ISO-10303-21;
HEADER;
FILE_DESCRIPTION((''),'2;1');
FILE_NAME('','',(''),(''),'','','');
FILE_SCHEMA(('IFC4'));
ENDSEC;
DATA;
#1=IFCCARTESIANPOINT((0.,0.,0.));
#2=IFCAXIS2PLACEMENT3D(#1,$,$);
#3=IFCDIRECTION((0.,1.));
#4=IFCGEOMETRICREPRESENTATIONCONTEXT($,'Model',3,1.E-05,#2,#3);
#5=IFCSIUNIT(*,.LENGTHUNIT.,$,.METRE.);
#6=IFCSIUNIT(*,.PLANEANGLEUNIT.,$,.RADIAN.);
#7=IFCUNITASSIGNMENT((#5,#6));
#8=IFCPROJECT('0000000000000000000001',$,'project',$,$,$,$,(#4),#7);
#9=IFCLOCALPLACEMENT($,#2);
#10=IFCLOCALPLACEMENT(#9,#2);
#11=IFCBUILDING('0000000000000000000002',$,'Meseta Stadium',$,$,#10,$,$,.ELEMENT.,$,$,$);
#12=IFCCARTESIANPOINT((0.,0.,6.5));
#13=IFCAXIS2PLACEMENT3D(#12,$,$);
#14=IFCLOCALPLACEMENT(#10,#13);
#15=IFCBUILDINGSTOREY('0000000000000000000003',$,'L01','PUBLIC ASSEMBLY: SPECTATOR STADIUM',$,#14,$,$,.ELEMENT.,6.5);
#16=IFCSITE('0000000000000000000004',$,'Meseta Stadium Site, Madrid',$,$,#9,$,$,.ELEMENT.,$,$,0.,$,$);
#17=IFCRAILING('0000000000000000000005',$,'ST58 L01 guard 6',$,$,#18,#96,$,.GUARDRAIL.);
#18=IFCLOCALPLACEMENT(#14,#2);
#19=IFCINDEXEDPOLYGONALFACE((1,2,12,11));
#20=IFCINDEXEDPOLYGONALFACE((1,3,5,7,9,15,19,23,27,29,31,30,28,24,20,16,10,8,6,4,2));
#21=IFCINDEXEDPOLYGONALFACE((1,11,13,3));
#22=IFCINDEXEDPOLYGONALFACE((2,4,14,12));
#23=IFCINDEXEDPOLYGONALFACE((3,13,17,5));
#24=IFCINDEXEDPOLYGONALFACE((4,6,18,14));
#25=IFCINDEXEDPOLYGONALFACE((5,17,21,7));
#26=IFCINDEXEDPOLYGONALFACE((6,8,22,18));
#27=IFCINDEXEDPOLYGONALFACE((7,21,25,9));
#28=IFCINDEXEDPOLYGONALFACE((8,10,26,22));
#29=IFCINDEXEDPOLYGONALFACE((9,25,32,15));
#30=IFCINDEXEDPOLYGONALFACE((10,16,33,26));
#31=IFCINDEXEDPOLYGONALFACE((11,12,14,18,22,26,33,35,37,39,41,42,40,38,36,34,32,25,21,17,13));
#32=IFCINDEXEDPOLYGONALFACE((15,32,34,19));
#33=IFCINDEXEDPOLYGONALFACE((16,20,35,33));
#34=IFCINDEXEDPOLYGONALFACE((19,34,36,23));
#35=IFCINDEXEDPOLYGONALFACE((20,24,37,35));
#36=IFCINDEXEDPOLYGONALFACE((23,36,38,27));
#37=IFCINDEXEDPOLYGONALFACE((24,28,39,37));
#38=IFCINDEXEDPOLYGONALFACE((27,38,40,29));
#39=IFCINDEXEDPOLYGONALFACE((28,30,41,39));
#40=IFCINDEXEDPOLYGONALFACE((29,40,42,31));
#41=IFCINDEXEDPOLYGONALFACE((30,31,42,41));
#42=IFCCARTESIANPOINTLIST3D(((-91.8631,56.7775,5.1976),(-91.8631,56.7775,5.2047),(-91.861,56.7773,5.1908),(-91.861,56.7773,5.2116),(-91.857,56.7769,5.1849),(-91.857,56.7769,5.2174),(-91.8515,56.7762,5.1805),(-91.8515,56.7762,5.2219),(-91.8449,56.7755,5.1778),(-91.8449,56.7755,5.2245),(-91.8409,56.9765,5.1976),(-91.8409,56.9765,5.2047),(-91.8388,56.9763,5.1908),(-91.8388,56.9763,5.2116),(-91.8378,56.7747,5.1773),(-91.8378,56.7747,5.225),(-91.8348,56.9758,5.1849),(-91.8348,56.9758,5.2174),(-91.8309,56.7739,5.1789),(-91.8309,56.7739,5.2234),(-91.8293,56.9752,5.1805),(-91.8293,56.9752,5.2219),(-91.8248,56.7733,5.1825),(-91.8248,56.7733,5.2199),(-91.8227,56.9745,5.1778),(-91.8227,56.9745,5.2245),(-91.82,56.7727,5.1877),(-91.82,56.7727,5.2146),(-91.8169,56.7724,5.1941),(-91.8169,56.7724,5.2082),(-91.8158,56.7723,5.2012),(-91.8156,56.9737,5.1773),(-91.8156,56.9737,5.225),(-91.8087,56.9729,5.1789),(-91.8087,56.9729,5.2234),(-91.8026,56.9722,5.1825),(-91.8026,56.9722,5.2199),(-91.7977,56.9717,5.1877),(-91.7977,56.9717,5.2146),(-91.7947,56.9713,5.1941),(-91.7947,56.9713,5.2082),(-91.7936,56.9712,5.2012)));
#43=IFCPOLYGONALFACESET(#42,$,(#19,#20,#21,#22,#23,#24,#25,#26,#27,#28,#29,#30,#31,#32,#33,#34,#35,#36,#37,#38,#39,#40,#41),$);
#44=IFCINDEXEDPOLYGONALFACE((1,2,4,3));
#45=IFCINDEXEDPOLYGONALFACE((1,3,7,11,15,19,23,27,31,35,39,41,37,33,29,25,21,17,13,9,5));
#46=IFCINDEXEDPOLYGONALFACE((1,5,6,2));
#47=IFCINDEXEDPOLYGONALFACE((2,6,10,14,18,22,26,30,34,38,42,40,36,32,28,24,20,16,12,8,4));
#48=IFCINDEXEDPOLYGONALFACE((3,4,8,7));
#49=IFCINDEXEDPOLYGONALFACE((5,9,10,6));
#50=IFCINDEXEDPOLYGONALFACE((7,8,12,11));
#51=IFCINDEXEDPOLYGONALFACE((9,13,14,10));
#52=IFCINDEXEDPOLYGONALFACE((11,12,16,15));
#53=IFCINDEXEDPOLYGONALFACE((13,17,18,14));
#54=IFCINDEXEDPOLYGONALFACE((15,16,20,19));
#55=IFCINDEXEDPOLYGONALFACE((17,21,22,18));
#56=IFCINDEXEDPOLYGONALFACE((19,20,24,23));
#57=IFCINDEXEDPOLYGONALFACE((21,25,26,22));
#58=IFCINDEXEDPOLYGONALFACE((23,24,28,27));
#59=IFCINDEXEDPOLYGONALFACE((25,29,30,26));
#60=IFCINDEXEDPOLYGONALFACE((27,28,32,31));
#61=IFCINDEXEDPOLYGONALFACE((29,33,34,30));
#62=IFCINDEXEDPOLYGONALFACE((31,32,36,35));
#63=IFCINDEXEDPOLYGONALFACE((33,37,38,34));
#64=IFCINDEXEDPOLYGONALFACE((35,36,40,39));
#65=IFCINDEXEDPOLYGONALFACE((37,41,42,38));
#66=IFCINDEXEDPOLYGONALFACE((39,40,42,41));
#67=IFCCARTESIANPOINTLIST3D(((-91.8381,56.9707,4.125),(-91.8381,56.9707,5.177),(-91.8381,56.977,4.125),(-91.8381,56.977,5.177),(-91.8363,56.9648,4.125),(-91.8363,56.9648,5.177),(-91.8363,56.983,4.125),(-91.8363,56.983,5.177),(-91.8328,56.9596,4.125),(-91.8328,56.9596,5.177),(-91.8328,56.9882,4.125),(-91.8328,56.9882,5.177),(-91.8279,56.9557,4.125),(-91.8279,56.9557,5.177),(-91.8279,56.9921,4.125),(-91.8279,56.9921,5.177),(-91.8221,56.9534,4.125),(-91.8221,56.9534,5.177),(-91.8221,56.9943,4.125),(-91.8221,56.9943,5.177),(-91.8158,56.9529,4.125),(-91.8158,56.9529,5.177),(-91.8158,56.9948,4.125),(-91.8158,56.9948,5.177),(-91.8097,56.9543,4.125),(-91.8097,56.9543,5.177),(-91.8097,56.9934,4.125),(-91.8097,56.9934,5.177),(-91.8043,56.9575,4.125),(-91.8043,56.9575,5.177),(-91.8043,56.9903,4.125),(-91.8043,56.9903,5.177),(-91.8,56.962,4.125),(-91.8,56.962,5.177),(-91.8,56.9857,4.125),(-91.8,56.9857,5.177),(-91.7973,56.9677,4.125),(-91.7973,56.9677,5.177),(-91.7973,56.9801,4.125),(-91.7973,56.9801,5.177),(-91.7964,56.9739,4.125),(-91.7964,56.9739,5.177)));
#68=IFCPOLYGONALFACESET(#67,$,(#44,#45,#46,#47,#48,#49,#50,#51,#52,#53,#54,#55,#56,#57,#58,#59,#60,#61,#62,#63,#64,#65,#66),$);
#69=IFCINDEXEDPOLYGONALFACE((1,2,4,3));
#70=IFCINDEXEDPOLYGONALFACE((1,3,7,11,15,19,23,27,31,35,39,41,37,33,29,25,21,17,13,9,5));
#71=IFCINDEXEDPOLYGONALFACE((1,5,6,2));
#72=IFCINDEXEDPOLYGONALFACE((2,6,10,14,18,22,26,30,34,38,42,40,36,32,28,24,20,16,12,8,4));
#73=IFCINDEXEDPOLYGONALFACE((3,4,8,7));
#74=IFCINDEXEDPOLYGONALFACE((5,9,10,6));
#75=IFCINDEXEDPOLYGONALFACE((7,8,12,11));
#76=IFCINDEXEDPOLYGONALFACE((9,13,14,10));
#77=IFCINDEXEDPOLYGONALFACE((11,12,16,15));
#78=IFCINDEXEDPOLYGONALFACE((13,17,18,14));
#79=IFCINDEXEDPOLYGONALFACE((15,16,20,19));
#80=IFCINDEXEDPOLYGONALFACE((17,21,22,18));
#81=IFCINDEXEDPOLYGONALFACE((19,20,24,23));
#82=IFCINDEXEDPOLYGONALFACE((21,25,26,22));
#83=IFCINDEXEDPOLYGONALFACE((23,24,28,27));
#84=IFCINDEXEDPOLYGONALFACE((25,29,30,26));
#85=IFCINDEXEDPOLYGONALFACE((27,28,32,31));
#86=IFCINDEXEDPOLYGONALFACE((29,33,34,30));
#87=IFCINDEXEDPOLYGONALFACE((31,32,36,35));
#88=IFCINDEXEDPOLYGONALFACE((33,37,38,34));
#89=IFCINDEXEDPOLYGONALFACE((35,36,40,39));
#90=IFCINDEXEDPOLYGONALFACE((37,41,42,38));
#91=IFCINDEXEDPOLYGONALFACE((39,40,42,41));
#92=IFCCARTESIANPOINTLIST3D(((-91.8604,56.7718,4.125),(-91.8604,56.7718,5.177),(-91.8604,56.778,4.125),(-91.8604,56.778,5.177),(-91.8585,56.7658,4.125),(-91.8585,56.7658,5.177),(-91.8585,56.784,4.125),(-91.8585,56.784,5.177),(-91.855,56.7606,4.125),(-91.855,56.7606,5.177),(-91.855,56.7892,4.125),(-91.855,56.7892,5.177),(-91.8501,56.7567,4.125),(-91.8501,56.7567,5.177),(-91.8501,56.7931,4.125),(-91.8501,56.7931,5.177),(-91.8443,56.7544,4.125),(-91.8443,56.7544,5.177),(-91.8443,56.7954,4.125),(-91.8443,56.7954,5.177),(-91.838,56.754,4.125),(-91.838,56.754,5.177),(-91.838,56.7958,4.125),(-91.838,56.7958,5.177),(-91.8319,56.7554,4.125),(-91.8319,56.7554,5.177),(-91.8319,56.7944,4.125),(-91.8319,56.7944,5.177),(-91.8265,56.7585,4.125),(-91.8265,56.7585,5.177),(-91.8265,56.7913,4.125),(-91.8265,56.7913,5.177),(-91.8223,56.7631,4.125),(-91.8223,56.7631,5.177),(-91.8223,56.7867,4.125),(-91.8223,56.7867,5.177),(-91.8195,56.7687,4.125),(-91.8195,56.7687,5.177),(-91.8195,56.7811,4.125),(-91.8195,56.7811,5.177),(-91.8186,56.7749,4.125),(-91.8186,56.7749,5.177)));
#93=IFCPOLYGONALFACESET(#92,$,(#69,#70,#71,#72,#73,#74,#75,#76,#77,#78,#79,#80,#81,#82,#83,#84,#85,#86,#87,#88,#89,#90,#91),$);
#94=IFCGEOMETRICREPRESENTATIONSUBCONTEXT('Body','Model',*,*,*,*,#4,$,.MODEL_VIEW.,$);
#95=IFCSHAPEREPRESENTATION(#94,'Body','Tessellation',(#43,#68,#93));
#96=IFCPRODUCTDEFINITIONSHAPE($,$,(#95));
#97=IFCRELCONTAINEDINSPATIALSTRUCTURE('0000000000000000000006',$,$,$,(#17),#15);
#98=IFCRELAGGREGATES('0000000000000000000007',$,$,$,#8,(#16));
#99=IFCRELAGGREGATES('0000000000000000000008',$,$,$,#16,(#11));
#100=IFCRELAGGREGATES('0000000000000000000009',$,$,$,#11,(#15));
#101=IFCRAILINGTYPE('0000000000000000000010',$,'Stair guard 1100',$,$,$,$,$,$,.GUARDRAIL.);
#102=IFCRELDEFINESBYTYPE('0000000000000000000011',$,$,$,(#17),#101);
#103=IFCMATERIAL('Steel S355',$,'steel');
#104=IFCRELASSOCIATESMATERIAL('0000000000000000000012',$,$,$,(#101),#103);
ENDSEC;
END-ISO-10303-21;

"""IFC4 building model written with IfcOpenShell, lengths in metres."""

from ifc_helpers import new_model, si_unit, direction, frame, origin, origin_2d, place, context, subcontext, project, spatial, circle, extrude, material, type_object, element, save


model = new_model("IFC4")

# Units and contexts
model_context = context("Model", 3, precision=1e-05, world=origin(), true_north=direction((0.0, 1.0)))
body_context = subcontext(model_context, "Body", "Model", "MODEL_VIEW")
ifc_project = project(units=[si_unit("LENGTHUNIT", "METRE"), si_unit("PLANEANGLEUNIT", "RADIAN")], contexts=[model_context])

# Site, building, storey
site_placement = place(None, origin())
site = spatial("IfcSite", under=ifc_project, at=site_placement, Name="Meseta Stadium Site, Madrid", CompositionType="ELEMENT", RefElevation=0.0)
building_placement = place(site_placement, origin())
building = spatial("IfcBuilding", under=site, at=building_placement, Name="Meseta Stadium", CompositionType="ELEMENT")
storey_placement = place(building_placement, frame((0.0, 0.0, 6.5)))
storey = spatial("IfcBuildingStorey", under=building, at=storey_placement, Name="L01", Description="PUBLIC ASSEMBLY: SPECTATOR STADIUM", CompositionType="ELEMENT", Elevation=6.5)

# Railing
ifc_material_1 = material(Name="Steel S355", Category="steel")
railing_type_1 = type_object("IfcRailingType", Name="Stair guard 1100", PredefinedType="GUARDRAIL", material=ifc_material_1)
railing_1_placement = place(storey_placement, frame((-91.8174, 56.9739, 4.125)))
element("IfcRailing", 1, at=railing_1_placement, inside=storey, type_object=railing_type_1, Name="ST58 L01 guard 6", PredefinedType="GUARDRAIL", context=body_context, shape_type="SweptSolid", body=[
    extrude(circle(Radius=0.0239, at=origin_2d()), frame((0.0, 0.0, 1.0762), z_axis=(-0.110967, -0.993824, 0.0), x_axis=(0.993824, -0.110967, 0.0)), (0.0, 0.0, 1.0), 0.2002),
    extrude(circle(Radius=0.021, at=origin_2d()), origin(), (0.0, 0.0, 1.0), 1.052),
    extrude(circle(Radius=0.021, at=origin_2d()), frame((-0.0222, -0.199, 0.0)), (0.0, 0.0, 1.0), 1.052),
])

save(model, "model.ifc")
